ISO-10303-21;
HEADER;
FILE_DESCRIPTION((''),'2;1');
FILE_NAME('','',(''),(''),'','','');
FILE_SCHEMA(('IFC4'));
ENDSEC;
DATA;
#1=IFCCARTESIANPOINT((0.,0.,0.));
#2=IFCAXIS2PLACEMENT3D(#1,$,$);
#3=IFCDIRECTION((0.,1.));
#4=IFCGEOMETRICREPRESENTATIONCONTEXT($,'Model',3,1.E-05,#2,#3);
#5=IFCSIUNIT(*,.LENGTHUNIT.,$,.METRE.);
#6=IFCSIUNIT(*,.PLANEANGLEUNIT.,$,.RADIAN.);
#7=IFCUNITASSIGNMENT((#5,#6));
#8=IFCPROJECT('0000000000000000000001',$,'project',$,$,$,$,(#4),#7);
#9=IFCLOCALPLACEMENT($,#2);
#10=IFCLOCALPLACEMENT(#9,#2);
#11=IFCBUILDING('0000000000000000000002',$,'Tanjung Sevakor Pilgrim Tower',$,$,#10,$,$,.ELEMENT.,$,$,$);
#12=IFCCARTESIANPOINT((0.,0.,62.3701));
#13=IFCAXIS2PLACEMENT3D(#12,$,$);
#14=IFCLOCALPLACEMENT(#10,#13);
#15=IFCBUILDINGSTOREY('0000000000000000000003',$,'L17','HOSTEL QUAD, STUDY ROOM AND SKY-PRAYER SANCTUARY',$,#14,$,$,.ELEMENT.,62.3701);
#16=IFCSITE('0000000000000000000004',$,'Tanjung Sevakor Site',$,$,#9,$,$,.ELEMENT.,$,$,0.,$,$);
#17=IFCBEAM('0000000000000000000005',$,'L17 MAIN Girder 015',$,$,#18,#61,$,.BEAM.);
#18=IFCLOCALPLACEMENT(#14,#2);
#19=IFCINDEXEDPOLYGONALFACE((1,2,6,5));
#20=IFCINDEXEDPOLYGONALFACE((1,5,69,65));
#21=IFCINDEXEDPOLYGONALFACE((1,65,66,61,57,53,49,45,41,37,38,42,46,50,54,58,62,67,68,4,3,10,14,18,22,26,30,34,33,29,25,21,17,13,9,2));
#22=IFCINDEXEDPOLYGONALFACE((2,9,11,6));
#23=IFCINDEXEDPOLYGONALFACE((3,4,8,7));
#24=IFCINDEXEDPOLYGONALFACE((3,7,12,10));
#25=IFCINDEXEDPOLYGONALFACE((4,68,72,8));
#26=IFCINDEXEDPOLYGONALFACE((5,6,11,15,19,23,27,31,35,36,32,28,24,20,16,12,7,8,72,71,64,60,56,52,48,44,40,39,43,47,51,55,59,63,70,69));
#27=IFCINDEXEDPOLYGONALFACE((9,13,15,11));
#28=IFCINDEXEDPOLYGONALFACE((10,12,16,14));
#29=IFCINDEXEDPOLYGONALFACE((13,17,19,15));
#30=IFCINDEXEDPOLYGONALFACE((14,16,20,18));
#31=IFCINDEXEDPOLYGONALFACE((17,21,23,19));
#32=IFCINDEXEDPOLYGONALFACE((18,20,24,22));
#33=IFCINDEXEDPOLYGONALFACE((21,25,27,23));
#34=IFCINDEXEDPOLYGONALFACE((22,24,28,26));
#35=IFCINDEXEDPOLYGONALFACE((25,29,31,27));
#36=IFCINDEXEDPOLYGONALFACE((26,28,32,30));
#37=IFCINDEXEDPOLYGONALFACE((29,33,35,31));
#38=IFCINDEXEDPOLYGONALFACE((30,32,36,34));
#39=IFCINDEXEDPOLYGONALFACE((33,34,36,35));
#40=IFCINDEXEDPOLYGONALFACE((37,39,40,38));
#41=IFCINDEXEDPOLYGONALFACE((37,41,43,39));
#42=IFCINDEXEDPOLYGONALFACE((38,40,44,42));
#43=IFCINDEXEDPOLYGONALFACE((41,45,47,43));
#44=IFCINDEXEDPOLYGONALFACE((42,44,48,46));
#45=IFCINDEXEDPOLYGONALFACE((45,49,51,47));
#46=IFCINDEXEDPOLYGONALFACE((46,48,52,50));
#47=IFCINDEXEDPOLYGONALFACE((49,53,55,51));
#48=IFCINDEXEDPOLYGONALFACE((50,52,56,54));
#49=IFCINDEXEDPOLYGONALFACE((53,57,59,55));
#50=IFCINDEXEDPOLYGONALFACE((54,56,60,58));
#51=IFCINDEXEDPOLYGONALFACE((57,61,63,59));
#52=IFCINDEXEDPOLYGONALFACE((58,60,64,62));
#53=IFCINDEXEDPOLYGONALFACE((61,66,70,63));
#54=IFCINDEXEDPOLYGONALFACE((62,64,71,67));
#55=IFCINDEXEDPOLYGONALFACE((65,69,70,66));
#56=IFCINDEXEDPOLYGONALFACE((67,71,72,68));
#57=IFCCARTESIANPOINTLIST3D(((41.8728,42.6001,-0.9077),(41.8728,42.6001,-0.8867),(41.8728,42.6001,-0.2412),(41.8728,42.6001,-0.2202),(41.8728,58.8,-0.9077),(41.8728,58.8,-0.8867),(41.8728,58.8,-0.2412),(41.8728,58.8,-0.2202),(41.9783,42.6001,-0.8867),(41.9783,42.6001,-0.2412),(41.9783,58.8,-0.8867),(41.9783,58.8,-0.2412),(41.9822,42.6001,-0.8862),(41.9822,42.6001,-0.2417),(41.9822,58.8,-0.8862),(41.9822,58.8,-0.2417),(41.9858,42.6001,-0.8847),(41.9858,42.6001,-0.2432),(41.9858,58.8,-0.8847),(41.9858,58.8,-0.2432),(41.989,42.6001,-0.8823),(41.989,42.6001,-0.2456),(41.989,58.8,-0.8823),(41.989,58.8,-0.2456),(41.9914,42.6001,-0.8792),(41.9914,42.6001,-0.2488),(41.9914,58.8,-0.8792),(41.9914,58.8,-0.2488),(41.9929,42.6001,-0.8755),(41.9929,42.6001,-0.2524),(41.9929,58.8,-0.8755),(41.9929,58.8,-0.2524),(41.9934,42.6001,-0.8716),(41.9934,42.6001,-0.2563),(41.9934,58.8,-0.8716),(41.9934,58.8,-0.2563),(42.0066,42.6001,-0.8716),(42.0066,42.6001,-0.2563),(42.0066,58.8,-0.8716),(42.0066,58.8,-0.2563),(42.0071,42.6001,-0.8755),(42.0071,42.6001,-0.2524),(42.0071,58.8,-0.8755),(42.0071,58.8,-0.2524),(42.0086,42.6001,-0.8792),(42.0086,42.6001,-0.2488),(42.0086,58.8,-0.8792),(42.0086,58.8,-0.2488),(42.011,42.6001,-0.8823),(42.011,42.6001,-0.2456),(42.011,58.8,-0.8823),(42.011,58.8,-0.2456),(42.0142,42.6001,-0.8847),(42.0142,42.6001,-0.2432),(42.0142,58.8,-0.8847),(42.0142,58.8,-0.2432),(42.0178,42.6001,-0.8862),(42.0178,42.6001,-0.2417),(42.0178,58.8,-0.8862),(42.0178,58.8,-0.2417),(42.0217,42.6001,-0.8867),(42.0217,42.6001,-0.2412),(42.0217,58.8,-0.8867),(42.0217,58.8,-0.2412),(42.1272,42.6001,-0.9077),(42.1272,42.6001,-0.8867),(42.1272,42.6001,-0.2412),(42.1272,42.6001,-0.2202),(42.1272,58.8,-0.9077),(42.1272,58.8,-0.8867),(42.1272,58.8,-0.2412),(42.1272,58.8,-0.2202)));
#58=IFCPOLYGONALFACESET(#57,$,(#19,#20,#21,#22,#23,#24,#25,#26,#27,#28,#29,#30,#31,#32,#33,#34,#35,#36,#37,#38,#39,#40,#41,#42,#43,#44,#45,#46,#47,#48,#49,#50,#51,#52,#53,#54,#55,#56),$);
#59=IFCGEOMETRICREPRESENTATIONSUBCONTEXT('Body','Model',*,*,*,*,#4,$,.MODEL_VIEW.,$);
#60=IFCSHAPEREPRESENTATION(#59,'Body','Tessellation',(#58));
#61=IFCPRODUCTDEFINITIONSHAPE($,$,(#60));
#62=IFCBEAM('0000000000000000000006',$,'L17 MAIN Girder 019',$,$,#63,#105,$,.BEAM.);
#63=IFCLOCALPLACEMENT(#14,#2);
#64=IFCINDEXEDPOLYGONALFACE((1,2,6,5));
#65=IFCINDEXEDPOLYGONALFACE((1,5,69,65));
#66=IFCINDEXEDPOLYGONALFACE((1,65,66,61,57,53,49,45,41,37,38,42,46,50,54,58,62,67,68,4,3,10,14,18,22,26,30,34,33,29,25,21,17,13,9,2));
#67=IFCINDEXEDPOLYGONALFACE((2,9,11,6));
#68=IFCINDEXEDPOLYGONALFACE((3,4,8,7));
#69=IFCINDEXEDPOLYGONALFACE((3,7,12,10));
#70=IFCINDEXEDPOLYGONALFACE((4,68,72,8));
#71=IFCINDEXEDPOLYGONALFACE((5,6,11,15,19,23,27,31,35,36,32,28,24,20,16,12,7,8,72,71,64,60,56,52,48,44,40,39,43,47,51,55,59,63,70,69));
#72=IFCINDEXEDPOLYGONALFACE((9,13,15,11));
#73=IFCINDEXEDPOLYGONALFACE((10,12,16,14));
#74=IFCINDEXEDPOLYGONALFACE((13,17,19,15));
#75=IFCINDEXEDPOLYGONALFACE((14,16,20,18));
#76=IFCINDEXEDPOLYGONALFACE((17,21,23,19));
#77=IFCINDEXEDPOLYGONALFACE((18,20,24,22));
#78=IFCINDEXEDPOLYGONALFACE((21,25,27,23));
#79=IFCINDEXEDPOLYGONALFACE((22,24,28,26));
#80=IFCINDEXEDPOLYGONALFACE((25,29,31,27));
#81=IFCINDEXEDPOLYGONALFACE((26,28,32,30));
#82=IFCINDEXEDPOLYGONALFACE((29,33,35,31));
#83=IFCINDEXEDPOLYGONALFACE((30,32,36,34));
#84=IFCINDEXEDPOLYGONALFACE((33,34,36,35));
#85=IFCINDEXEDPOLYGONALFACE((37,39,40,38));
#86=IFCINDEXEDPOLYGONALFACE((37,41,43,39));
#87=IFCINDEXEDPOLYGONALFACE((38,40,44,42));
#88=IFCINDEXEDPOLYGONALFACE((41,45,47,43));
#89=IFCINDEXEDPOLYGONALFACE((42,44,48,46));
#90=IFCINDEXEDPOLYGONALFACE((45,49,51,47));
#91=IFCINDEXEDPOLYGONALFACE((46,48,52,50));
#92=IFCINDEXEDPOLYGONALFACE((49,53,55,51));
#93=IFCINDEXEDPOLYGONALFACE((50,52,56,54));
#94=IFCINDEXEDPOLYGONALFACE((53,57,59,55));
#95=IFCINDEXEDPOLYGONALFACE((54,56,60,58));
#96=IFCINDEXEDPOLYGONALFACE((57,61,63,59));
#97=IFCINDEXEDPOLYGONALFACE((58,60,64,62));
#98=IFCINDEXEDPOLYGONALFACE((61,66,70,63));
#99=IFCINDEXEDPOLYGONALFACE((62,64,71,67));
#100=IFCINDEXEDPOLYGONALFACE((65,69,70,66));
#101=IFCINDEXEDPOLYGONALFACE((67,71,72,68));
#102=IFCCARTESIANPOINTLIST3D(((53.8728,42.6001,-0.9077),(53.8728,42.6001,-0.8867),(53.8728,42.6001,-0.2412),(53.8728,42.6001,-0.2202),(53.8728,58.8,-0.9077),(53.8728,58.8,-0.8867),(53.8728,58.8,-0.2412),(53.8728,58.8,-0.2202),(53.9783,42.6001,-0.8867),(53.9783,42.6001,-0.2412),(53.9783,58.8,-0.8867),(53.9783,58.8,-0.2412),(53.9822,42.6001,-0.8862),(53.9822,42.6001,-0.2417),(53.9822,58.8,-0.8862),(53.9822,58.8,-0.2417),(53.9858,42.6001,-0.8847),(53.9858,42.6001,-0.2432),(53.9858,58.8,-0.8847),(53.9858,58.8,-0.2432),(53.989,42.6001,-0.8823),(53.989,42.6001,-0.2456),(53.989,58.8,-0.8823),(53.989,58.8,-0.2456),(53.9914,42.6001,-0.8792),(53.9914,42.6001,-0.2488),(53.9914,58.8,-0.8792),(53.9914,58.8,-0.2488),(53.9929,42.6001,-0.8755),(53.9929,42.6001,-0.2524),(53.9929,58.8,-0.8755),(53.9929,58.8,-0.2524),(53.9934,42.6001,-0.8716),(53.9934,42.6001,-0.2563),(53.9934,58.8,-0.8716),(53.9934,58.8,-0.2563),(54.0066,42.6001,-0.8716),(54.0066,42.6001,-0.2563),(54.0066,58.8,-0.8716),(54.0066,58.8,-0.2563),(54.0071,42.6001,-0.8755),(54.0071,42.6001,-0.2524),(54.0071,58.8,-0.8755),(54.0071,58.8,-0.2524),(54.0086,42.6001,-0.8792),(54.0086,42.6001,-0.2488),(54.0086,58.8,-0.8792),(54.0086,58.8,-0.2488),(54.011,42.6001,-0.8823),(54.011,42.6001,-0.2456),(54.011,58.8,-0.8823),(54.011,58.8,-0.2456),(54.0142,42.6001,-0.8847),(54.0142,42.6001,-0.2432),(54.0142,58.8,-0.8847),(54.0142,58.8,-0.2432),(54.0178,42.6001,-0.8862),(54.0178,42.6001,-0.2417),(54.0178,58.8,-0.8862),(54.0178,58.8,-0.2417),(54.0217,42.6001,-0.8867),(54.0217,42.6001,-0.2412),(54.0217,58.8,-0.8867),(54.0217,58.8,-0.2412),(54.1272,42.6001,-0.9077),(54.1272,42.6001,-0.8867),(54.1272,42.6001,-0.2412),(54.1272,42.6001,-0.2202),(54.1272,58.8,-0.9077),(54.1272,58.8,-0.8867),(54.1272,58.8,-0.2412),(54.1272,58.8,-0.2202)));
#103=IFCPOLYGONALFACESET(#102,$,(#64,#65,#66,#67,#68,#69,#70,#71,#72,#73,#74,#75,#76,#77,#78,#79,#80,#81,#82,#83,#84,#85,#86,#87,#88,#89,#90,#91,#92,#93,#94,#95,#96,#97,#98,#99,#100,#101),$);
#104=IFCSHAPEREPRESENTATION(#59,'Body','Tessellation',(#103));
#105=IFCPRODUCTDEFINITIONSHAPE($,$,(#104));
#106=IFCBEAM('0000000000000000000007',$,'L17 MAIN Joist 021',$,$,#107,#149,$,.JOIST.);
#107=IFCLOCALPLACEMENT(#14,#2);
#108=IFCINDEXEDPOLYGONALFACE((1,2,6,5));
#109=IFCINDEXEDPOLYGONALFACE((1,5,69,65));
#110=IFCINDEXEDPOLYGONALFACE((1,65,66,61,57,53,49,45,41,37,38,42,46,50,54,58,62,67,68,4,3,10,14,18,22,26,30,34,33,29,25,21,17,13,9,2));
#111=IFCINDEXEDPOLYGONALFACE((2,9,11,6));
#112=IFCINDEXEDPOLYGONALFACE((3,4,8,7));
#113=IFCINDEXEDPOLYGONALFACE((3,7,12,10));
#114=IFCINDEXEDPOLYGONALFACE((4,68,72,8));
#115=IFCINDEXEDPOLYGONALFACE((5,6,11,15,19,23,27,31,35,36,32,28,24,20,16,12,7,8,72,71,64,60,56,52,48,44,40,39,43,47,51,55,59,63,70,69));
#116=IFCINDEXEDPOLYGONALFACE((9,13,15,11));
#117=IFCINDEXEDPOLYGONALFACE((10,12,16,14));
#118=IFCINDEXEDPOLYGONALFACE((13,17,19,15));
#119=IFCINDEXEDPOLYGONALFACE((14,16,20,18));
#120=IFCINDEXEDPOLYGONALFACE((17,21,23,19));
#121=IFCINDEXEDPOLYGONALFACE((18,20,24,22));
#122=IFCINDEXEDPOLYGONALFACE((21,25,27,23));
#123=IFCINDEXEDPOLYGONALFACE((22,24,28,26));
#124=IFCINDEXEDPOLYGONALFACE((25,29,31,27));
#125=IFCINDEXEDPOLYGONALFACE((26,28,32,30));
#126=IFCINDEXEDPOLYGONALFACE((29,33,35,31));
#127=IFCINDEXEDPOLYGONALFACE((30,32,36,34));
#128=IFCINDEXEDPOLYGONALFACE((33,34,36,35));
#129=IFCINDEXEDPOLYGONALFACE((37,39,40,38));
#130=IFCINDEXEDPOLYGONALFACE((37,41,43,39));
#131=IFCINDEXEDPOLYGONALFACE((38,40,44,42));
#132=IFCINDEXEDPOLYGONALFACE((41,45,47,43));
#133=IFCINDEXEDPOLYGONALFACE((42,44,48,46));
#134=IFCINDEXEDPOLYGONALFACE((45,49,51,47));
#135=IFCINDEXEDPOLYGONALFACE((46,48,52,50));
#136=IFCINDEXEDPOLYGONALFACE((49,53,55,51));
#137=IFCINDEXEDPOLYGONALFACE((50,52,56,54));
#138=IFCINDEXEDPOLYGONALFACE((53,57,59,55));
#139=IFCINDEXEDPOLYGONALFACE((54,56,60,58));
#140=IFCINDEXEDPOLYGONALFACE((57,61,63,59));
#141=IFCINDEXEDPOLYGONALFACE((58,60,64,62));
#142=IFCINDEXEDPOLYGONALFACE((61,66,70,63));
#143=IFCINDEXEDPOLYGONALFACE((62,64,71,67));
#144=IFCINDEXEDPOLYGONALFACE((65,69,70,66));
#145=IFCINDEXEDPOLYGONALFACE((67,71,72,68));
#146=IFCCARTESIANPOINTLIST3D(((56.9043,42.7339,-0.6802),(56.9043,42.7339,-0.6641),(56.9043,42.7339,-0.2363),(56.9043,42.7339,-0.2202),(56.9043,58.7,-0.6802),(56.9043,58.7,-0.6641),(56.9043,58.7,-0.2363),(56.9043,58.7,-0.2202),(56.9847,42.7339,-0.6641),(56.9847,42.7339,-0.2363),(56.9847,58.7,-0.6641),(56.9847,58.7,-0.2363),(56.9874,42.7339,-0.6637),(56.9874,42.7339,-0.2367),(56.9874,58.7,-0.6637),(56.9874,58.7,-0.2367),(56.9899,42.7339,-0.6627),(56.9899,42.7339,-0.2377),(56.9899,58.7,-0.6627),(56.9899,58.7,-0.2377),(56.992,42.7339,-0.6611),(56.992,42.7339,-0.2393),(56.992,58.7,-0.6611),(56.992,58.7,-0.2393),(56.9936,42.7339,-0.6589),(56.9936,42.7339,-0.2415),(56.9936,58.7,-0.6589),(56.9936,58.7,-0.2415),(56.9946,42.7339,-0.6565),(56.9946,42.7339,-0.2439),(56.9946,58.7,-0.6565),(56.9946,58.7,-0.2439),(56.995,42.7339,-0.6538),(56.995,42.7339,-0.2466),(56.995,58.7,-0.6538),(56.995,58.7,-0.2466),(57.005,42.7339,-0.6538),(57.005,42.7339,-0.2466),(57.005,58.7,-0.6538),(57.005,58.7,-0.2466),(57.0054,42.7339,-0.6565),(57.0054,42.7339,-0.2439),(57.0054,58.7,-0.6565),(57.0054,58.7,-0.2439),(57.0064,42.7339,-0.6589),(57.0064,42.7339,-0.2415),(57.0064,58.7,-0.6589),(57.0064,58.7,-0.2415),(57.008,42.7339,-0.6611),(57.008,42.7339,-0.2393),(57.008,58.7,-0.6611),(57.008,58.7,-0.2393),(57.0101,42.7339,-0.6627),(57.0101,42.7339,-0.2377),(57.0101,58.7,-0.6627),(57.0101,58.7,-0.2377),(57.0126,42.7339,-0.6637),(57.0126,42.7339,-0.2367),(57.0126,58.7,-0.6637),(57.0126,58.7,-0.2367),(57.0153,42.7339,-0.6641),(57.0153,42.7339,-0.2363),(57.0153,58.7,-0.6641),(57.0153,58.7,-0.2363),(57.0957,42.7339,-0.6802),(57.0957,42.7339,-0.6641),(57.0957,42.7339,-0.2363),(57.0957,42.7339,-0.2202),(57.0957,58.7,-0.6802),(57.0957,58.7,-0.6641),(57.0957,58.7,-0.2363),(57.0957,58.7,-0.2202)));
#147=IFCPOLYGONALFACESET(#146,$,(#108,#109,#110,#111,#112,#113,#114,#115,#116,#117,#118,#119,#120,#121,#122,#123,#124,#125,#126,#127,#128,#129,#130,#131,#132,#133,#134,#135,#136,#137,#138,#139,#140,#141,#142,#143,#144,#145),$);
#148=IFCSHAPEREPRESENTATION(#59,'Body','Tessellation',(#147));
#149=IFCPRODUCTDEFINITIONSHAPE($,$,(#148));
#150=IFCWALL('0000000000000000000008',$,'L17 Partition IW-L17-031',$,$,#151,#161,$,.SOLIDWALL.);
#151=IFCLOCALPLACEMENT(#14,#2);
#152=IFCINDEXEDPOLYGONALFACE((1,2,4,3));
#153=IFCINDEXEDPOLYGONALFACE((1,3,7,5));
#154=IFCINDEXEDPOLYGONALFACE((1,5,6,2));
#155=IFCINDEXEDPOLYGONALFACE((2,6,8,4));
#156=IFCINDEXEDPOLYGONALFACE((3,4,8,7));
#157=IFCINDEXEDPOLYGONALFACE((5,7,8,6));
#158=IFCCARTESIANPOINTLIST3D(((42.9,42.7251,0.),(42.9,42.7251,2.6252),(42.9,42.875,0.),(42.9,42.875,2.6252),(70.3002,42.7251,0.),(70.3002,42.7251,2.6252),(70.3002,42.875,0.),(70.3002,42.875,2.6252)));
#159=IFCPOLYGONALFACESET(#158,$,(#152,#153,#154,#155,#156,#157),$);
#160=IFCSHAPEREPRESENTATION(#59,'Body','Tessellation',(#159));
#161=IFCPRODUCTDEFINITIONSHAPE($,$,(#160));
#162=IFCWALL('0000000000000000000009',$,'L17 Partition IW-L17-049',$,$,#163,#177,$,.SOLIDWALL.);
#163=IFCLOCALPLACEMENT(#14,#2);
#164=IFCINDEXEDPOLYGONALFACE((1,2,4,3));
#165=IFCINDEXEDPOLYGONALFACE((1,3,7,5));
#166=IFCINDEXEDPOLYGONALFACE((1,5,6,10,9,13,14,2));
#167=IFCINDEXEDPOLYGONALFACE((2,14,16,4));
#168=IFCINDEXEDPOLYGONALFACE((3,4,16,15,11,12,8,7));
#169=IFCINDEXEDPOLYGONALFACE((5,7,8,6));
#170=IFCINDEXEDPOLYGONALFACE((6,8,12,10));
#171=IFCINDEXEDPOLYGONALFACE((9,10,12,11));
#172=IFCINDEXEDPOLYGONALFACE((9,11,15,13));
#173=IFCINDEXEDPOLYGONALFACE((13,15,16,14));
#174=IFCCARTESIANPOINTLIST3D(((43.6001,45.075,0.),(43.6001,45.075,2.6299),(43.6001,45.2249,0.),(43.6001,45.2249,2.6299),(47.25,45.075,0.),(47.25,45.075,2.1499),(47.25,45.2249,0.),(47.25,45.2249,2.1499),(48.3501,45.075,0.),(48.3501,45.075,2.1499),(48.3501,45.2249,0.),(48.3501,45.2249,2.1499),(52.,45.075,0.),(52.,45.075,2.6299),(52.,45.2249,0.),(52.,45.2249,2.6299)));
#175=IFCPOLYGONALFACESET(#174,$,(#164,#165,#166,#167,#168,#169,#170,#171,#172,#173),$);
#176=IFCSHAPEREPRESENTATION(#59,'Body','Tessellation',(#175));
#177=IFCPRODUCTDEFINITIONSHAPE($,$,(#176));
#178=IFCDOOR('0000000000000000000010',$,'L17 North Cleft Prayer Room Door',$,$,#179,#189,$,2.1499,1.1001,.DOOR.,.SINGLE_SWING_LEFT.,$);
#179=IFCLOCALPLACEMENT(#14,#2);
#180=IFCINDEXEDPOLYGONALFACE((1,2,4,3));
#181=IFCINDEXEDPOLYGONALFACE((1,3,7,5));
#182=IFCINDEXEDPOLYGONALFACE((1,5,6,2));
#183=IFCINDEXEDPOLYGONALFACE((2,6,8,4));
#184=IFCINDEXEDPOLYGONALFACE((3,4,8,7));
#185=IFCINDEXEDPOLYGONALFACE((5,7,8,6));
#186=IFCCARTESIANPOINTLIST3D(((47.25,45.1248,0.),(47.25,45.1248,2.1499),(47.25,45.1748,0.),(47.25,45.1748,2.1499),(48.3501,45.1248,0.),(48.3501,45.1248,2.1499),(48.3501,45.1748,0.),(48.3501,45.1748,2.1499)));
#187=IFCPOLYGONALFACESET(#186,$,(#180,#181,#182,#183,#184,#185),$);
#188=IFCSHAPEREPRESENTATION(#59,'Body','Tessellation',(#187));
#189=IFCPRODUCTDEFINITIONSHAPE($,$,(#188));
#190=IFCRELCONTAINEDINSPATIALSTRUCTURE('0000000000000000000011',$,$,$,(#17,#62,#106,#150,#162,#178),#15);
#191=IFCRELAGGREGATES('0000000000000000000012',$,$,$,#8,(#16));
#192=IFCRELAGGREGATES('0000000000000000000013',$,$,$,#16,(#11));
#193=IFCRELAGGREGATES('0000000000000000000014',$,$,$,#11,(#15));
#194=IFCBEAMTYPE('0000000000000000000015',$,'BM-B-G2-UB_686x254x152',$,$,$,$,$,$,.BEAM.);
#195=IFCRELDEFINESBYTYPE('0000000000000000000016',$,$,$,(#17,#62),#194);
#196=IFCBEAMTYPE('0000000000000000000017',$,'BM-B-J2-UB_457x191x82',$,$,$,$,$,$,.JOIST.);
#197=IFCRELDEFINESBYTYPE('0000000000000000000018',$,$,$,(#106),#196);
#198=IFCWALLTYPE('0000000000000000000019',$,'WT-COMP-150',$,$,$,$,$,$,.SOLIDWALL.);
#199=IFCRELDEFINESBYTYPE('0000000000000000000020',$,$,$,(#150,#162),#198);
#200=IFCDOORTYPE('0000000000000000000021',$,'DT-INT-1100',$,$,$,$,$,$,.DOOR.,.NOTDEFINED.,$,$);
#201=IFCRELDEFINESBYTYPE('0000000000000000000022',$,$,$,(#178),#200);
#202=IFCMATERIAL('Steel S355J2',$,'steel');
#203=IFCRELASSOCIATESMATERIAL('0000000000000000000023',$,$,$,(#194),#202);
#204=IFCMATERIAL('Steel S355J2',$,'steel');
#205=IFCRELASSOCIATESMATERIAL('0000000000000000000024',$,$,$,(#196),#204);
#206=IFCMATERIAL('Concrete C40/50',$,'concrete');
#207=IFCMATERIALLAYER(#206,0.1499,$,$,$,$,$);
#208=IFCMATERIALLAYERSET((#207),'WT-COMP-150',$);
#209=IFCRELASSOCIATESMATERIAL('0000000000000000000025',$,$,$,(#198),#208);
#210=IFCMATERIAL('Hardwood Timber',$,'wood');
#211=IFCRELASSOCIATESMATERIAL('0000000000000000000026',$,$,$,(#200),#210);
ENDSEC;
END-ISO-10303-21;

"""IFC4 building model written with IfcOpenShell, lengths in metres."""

from ifc_helpers import new_model, si_unit, direction, frame, frame_2d, origin, origin_2d, place, context, subcontext, project, spatial, rectangle, i_section, extrude, material, layer, layer_set, material_profile, profile_set, type_object, element, fill, save


model = new_model("IFC4")

# Units and contexts
model_context = context("Model", 3, precision=1e-05, world=origin(), true_north=direction((0.0, 1.0)))
body_context = subcontext(model_context, "Body", "Model", "MODEL_VIEW")
ifc_project = project(units=[si_unit("LENGTHUNIT", "METRE"), si_unit("PLANEANGLEUNIT", "RADIAN")], contexts=[model_context])

# Site, building, storey
site_placement = place(None, origin())
site = spatial("IfcSite", under=ifc_project, at=site_placement, Name="Tanjung Sevakor Site", CompositionType="ELEMENT", RefElevation=0.0)
building_placement = place(site_placement, origin())
building = spatial("IfcBuilding", under=site, at=building_placement, Name="Tanjung Sevakor Pilgrim Tower", CompositionType="ELEMENT")
storey_placement = place(building_placement, frame((0.0, 0.0, 62.3701)))
storey = spatial("IfcBuildingStorey", under=building, at=storey_placement, Name="L17", Description="HOSTEL QUAD, STUDY ROOM AND SKY-PRAYER SANCTUARY", CompositionType="ELEMENT", Elevation=62.3701)

# Beams
ifc_material_1 = material(Name="Steel S355J2", Category="steel")
ifc_material_profile_1 = material_profile(ifc_material_1, i_section(OverallWidth=0.2544, OverallDepth=0.6875, WebThickness=0.0132, FlangeThickness=0.021, FilletRadius=0.0151, at=origin_2d()))
ifc_profile_set_1 = profile_set([ifc_material_profile_1], Name="Steel S355J2")
beam_type_1 = type_object("IfcBeamType", Name="BM-B-G2-UB_686x254x152", PredefinedType="BEAM", material=ifc_profile_set_1)
for number, where, z_axis, x_axis, name in (
    (1, (42.0, 42.6001, -0.564), (0.0, 1.0, 0.0), (-1.0, 0.0, 0.0), "L17 MAIN Girder 015"),
    (2, (54.0, 42.6001, -0.564), (0.0, 1.0, 0.0), (-1.0, 0.0, 0.0), "L17 MAIN Girder 019"),
):
    element("IfcBeam", number, at=place(storey_placement, frame(where, z_axis=z_axis, x_axis=x_axis)), inside=storey, type_object=beam_type_1, Name=name, PredefinedType="BEAM", context=body_context, shape_type="SweptSolid", body=[
        extrude(i_section(OverallWidth=0.2544, OverallDepth=0.6875, WebThickness=0.0132, FlangeThickness=0.021, FilletRadius=0.0151, at=origin_2d()), origin(), (0.0, 0.0, 1.0), 16.2),
    ])
ifc_material_2 = material(Name="Steel S355J2", Category="steel")
ifc_material_profile_2 = material_profile(ifc_material_2, i_section(OverallWidth=0.1914, OverallDepth=0.46, WebThickness=0.01, FlangeThickness=0.0161, FilletRadius=0.0103, at=origin_2d()))
ifc_profile_set_2 = profile_set([ifc_material_profile_2], Name="Steel S355J2")
beam_type_2 = type_object("IfcBeamType", Name="BM-B-J2-UB_457x191x82", PredefinedType="JOIST", material=ifc_profile_set_2)
beam_placement = place(storey_placement, frame((57.0, 42.7339, -0.4502), z_axis=(0.0, 1.0, 0.0), x_axis=(-1.0, 0.0, 0.0)))
element("IfcBeam", 3, at=beam_placement, inside=storey, type_object=beam_type_2, Name="L17 MAIN Joist 021", PredefinedType="JOIST", context=body_context, shape_type="SweptSolid", body=[
    extrude(i_section(OverallWidth=0.1914, OverallDepth=0.46, WebThickness=0.01, FlangeThickness=0.0161, FilletRadius=0.0103, at=origin_2d()), origin(), (0.0, 0.0, 1.0), 15.9661),
])

# Wall
ifc_material_3 = material(Name="Concrete C40/50", Category="concrete")
ifc_layer_1 = layer(ifc_material_3, 0.1499)
ifc_layer_set_1 = layer_set([ifc_layer_1], Name="WT-COMP-150")
wall_type_1 = type_object("IfcWallType", Name="WT-COMP-150", PredefinedType="SOLIDWALL", material=ifc_layer_set_1)
wall_1_placement = place(storey_placement, frame((42.8999, 42.8, 0.0), z_axis=(0.0, 0.0, 1.0), x_axis=(1.0, 0.0, 0.0)))
element("IfcWall", 4, at=wall_1_placement, inside=storey, type_object=wall_type_1, Name="L17 Partition IW-L17-031", PredefinedType="SOLIDWALL", context=body_context, shape_type="SweptSolid", body=[
    extrude(rectangle(XDim=27.4001, YDim=0.1499, at=frame_2d((13.7002, 0.0))), origin(), (0.0, 0.0, 1.0), 2.6252),
])

# Wall, opening, door
wall_2_placement = place(storey_placement, frame((43.6001, 45.1499, 0.0), z_axis=(0.0, 0.0, 1.0), x_axis=(1.0, 0.0, 0.0)))
wall_2 = element("IfcWall", 5, at=wall_2_placement, inside=storey, type_object=wall_type_1, Name="L17 Partition IW-L17-049", PredefinedType="SOLIDWALL", context=body_context, shape_type="SweptSolid", body=[
    extrude(rectangle(XDim=8.3999, YDim=0.1499, at=frame_2d((4.2, 0.0))), origin(), (0.0, 0.0, 1.0), 2.6299),
])
opening_1_placement = place(wall_2_placement, frame((3.6499, 0.0, 0.0)))
opening_1 = element("IfcOpeningElement", 6, at=opening_1_placement, cuts=wall_2, PredefinedType="OPENING", context=body_context, shape_type="SweptSolid", body=[
    extrude(rectangle(XDim=1.1001, YDim=2.1499, at=frame_2d((0.55, 1.075))), frame((0.0, 0.085, 0.0), z_axis=(0.0, -1.0, 0.0), x_axis=(1.0, 0.0, 0.0)), (0.0, 0.0, 1.0), 0.1699),
])
ifc_material_4 = material(Name="Hardwood Timber", Category="wood")
door_type_1 = type_object("IfcDoorType", Name="DT-INT-1100", OperationType="NOTDEFINED", PredefinedType="DOOR", material=ifc_material_4)
door_1_placement = place(opening_1_placement, origin())
door_1 = element("IfcDoor", 7, at=door_1_placement, inside=storey, type_object=door_type_1, Name="L17 North Cleft Prayer Room Door", OperationType="SINGLE_SWING_LEFT", OverallHeight=2.1499, OverallWidth=1.1001, PredefinedType="DOOR", context=body_context, shape_type="SweptSolid", body=[
    extrude(rectangle(XDim=1.1001, YDim=2.1499, at=frame_2d((0.55, 1.075))), frame((0.0, 0.0249, 0.0), z_axis=(0.0, -1.0, 0.0), x_axis=(1.0, 0.0, 0.0)), (0.0, 0.0, 1.0), 0.05),
])
fill(opening_1, door_1)

save(model, "model.ifc")
